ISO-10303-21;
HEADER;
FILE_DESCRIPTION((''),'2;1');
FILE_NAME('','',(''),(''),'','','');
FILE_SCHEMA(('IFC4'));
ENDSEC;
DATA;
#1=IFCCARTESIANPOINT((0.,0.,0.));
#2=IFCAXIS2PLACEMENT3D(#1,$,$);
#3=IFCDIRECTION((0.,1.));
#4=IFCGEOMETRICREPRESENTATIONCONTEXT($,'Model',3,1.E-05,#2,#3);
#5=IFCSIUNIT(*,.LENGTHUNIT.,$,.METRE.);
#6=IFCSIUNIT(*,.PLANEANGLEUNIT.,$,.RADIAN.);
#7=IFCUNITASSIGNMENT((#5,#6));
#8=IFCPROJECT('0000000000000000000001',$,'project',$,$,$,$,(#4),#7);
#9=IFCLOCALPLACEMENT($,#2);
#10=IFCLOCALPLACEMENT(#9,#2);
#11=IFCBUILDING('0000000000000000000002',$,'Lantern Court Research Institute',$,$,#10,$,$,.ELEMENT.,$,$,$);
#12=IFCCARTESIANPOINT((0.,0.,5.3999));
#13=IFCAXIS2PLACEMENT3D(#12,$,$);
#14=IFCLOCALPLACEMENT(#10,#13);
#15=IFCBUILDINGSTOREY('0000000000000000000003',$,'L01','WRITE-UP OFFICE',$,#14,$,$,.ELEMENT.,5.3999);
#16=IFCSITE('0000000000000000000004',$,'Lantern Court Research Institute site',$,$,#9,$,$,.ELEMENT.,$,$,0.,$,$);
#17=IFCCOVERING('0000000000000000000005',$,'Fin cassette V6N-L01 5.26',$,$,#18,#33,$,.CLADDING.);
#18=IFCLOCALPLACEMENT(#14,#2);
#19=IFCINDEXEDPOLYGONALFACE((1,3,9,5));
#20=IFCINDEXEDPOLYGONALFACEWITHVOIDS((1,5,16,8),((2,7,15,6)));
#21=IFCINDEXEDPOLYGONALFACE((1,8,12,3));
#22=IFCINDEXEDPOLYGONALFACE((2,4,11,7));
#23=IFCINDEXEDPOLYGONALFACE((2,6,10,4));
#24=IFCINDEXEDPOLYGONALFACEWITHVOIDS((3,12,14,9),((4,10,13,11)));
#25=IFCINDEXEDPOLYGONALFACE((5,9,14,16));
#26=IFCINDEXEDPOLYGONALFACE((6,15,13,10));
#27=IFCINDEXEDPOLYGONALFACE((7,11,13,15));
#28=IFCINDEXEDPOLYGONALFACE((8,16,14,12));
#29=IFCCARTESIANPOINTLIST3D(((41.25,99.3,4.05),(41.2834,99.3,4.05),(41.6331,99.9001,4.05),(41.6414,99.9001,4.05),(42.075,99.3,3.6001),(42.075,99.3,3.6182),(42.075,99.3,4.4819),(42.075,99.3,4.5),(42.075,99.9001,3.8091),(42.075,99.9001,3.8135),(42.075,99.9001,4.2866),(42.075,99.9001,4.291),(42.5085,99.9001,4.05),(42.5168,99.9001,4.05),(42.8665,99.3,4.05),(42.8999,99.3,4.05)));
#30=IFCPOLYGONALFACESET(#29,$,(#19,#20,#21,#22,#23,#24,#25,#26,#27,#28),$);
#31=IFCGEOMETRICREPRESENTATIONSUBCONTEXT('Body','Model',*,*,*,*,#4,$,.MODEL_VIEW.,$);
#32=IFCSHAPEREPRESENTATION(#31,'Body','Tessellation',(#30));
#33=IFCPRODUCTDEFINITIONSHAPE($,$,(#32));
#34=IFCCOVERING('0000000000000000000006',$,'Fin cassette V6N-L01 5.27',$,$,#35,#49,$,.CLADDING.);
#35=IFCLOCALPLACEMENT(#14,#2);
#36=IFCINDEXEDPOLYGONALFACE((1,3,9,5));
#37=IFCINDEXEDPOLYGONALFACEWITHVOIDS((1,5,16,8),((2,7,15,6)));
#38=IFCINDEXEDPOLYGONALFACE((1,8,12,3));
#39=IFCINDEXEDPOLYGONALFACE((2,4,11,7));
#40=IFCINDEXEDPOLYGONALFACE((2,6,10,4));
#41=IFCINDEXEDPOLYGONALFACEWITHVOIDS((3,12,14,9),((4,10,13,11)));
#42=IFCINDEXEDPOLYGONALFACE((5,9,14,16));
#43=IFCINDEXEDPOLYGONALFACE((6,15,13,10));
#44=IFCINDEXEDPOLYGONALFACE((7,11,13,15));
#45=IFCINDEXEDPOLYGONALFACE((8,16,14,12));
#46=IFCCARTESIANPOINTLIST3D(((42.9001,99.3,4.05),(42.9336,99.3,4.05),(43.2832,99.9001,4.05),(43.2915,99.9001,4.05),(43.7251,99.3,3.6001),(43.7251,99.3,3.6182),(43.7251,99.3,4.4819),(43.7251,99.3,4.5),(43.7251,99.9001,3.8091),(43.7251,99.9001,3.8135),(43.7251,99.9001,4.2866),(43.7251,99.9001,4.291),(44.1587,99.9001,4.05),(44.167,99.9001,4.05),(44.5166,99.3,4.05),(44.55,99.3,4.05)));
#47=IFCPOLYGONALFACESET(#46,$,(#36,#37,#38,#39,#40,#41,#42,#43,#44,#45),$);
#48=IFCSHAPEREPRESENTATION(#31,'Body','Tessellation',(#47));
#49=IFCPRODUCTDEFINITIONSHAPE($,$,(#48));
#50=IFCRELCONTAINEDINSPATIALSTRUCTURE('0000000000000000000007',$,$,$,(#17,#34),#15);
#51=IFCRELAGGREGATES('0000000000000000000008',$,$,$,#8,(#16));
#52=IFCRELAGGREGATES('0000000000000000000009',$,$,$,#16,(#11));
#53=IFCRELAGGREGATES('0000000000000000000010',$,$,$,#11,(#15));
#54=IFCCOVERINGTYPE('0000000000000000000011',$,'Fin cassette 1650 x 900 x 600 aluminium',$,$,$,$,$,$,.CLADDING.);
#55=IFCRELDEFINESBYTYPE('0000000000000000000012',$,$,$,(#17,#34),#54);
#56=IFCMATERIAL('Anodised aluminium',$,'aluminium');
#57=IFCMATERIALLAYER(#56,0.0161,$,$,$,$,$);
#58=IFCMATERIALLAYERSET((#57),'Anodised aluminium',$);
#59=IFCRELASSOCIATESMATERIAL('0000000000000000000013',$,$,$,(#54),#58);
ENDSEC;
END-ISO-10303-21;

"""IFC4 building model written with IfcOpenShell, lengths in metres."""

from ifc_helpers import new_model, entity, si_unit, direction, frame, origin, place, context, subcontext, project, spatial, material, layer, layer_set, type_object, element, save


model = new_model("IFC4")

# Units and contexts
model_context = context("Model", 3, precision=1e-05, world=origin(), true_north=direction((0.0, 1.0)))
body_context = subcontext(model_context, "Body", "Model", "MODEL_VIEW")
ifc_project = project(units=[si_unit("LENGTHUNIT", "METRE"), si_unit("PLANEANGLEUNIT", "RADIAN")], contexts=[model_context])

# Site, building, storey
site_placement = place(None, origin())
site = spatial("IfcSite", under=ifc_project, at=site_placement, Name="Lantern Court Research Institute site", CompositionType="ELEMENT", RefElevation=0.0)
building_placement = place(site_placement, origin())
building = spatial("IfcBuilding", under=site, at=building_placement, Name="Lantern Court Research Institute", CompositionType="ELEMENT")
storey_placement = place(building_placement, frame((0.0, 0.0, 5.3999)))
storey = spatial("IfcBuildingStorey", under=building, at=storey_placement, Name="L01", Description="WRITE-UP OFFICE", CompositionType="ELEMENT", Elevation=5.3999)

# Coverings
ifc_material_1 = material(Name="Anodised aluminium", Category="aluminium")
ifc_layer_1 = layer(ifc_material_1, 0.0161)
ifc_layer_set_1 = layer_set([ifc_layer_1], Name="Anodised aluminium")
covering_type_1 = type_object("IfcCoveringType", Name="Fin cassette 1650 x 900 x 600 aluminium", PredefinedType="CLADDING", material=ifc_layer_set_1)
covering_1_placement = place(storey_placement, frame((42.075, 99.3, 4.05), z_axis=(0.0, 1.0, 0.0), x_axis=(-1.0, 0.0, 0.0)))
cartesian_point_1 = entity("IfcCartesianPoint", [0.825, 0.0])
cartesian_point_2 = entity("IfcCartesianPoint", [0.7915, 0.0])
cartesian_point_3 = entity("IfcCartesianPoint", [0.4419, 0.0])
cartesian_point_4 = entity("IfcCartesianPoint", [0.4336, 0.0])
element("IfcCovering", 1, at=covering_1_placement, inside=storey, type_object=covering_type_1, Name="Fin cassette V6N-L01 5.26", PredefinedType="CLADDING", context=body_context, shape_type="SweptSolid", body=[
    entity("IfcExtrudedAreaSolidTapered", entity("IfcArbitraryProfileDefWithVoids", "AREA", None, entity("IfcPolyline", [cartesian_point_1, entity("IfcCartesianPoint", [0.0, 0.45]), entity("IfcCartesianPoint", [-0.825, 0.0]), entity("IfcCartesianPoint", [0.0, -0.45]), cartesian_point_1]), [entity("IfcPolyline", [cartesian_point_2, entity("IfcCartesianPoint", [0.0, 0.4319]), entity("IfcCartesianPoint", [-0.7915, 0.0]), entity("IfcCartesianPoint", [0.0, -0.4319]), cartesian_point_2])]), entity("IfcAxis2Placement3D", entity("IfcCartesianPoint", [0.0, 0.0, 0.0])), entity("IfcDirection", [0.0, 0.0, 1.0]), 0.6001, entity("IfcArbitraryProfileDefWithVoids", "AREA", None, entity("IfcPolyline", [cartesian_point_3, entity("IfcCartesianPoint", [0.0, 0.241]), entity("IfcCartesianPoint", [-0.4419, 0.0]), entity("IfcCartesianPoint", [0.0, -0.241]), cartesian_point_3]), [entity("IfcPolyline", [cartesian_point_4, entity("IfcCartesianPoint", [0.0, 0.2366]), entity("IfcCartesianPoint", [-0.4336, 0.0]), entity("IfcCartesianPoint", [0.0, -0.2366]), cartesian_point_4])])),
])
covering_2_placement = place(storey_placement, frame((43.7251, 99.3, 4.05), z_axis=(0.0, 1.0, 0.0), x_axis=(-1.0, 0.0, 0.0)))
cartesian_point_5 = entity("IfcCartesianPoint", [0.825, 0.0])
cartesian_point_6 = entity("IfcCartesianPoint", [0.7915, 0.0])
cartesian_point_7 = entity("IfcCartesianPoint", [0.4419, 0.0])
cartesian_point_8 = entity("IfcCartesianPoint", [0.4336, 0.0])
element("IfcCovering", 2, at=covering_2_placement, inside=storey, type_object=covering_type_1, Name="Fin cassette V6N-L01 5.27", PredefinedType="CLADDING", context=body_context, shape_type="SweptSolid", body=[
    entity("IfcExtrudedAreaSolidTapered", entity("IfcArbitraryProfileDefWithVoids", "AREA", None, entity("IfcPolyline", [cartesian_point_5, entity("IfcCartesianPoint", [0.0, 0.45]), entity("IfcCartesianPoint", [-0.825, 0.0]), entity("IfcCartesianPoint", [0.0, -0.45]), cartesian_point_5]), [entity("IfcPolyline", [cartesian_point_6, entity("IfcCartesianPoint", [0.0, 0.4319]), entity("IfcCartesianPoint", [-0.7915, 0.0]), entity("IfcCartesianPoint", [0.0, -0.4319]), cartesian_point_6])]), entity("IfcAxis2Placement3D", entity("IfcCartesianPoint", [0.0, 0.0, 0.0])), entity("IfcDirection", [0.0, 0.0, 1.0]), 0.6001, entity("IfcArbitraryProfileDefWithVoids", "AREA", None, entity("IfcPolyline", [cartesian_point_7, entity("IfcCartesianPoint", [0.0, 0.241]), entity("IfcCartesianPoint", [-0.4419, 0.0]), entity("IfcCartesianPoint", [0.0, -0.241]), cartesian_point_7]), [entity("IfcPolyline", [cartesian_point_8, entity("IfcCartesianPoint", [0.0, 0.2366]), entity("IfcCartesianPoint", [-0.4336, 0.0]), entity("IfcCartesianPoint", [0.0, -0.2366]), cartesian_point_8])])),
])

save(model, "model.ifc")
